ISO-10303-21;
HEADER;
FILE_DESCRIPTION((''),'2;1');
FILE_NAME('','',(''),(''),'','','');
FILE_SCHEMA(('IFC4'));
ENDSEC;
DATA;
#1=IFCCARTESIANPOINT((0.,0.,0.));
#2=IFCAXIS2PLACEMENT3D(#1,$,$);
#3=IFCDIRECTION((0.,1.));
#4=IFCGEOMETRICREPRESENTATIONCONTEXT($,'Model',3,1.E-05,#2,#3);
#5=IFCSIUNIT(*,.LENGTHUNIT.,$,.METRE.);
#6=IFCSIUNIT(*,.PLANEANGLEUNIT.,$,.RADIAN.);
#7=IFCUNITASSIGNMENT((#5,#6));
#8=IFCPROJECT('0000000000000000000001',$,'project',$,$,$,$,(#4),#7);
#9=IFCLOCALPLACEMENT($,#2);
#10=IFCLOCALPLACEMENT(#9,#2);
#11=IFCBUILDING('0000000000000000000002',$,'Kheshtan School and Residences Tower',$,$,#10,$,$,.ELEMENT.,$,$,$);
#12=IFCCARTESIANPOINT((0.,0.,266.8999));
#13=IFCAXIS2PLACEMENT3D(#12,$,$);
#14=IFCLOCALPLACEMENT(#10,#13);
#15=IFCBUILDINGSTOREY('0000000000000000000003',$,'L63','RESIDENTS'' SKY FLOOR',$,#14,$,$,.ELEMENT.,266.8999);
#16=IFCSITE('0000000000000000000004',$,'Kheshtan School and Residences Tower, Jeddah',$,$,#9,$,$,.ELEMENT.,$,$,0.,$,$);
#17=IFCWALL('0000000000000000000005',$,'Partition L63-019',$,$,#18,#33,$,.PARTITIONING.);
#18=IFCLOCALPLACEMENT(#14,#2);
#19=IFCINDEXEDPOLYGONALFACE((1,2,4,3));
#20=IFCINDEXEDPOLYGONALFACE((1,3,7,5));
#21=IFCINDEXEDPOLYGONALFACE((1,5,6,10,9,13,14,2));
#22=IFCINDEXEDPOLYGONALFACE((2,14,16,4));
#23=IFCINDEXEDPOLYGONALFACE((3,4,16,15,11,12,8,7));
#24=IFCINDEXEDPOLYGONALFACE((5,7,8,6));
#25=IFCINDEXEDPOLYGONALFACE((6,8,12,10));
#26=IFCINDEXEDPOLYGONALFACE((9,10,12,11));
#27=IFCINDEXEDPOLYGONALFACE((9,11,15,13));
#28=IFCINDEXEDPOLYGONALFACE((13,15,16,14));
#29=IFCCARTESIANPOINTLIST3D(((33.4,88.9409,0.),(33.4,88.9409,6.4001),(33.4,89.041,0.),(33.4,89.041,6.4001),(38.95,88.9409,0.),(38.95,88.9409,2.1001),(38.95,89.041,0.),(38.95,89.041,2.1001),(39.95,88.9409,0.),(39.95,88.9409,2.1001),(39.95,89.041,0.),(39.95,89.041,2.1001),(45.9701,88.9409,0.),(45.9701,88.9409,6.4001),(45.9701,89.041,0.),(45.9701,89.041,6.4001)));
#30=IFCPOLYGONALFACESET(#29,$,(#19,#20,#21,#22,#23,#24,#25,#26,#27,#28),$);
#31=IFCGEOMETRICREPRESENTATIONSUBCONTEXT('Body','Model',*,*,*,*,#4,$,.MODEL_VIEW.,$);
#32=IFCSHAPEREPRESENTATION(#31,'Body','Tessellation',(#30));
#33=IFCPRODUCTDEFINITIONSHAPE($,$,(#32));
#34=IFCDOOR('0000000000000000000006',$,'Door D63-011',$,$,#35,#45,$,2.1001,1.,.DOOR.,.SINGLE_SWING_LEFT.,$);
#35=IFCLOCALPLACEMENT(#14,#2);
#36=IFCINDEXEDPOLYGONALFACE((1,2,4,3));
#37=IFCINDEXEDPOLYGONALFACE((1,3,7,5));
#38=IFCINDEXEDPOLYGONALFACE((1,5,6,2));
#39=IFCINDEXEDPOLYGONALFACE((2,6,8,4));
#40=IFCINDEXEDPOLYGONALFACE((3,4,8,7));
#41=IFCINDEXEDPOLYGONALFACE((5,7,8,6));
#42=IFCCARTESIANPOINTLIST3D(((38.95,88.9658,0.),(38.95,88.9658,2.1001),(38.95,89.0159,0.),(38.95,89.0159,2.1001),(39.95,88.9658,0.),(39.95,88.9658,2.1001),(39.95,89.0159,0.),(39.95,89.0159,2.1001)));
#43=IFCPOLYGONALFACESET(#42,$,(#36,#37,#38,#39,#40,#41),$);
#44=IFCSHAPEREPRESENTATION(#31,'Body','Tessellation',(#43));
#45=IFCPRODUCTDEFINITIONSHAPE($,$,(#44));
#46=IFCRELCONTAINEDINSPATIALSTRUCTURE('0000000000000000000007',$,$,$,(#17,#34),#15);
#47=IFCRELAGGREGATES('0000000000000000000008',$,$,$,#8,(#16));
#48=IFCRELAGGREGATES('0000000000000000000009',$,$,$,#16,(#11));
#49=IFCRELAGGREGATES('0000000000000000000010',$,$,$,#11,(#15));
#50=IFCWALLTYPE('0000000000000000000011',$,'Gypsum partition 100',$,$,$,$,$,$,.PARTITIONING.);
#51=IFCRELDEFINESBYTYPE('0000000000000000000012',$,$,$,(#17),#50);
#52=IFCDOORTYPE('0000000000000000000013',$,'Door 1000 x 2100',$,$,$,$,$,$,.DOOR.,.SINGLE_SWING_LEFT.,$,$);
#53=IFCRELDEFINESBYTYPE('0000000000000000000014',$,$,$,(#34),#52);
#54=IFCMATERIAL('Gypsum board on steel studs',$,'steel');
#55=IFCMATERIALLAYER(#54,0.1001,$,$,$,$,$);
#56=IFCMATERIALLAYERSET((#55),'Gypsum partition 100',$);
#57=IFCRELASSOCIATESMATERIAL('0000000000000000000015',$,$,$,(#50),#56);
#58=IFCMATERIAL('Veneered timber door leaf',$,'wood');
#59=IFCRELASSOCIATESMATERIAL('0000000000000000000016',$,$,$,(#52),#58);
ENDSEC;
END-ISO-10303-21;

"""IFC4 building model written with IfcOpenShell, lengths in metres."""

from ifc_helpers import new_model, si_unit, direction, frame, frame_2d, origin, place, context, subcontext, project, spatial, rectangle, extrude, source, transform, mapped, material, layer, layer_set, type_object, element, fill, save


model = new_model("IFC4")

# Units and contexts
model_context = context("Model", 3, precision=1e-05, world=origin(), true_north=direction((0.0, 1.0)))
body_context = subcontext(model_context, "Body", "Model", "MODEL_VIEW")
ifc_project = project(units=[si_unit("LENGTHUNIT", "METRE"), si_unit("PLANEANGLEUNIT", "RADIAN")], contexts=[model_context])

# Site, building, storey
site_placement = place(None, origin())
site = spatial("IfcSite", under=ifc_project, at=site_placement, Name="Kheshtan School and Residences Tower, Jeddah", CompositionType="ELEMENT", RefElevation=0.0)
building_placement = place(site_placement, origin())
building = spatial("IfcBuilding", under=site, at=building_placement, Name="Kheshtan School and Residences Tower", CompositionType="ELEMENT")
storey_placement = place(building_placement, frame((0.0, 0.0, 266.8999)))
storey = spatial("IfcBuildingStorey", under=building, at=storey_placement, Name="L63", Description="RESIDENTS' SKY FLOOR", CompositionType="ELEMENT", Elevation=266.8999)

# Wall, opening, door
ifc_material_1 = material(Name="Gypsum board on steel studs", Category="steel")
ifc_layer_1 = layer(ifc_material_1, 0.1001)
ifc_layer_set_1 = layer_set([ifc_layer_1], Name="Gypsum partition 100")
wall_type_1 = type_object("IfcWallType", Name="Gypsum partition 100", PredefinedType="PARTITIONING", material=ifc_layer_set_1)
wall_1_placement = place(storey_placement, frame((33.3999, 88.991, 0.0), z_axis=(0.0, 0.0, 1.0), x_axis=(1.0, 0.0, 0.0)))
wall_1 = element("IfcWall", 1, at=wall_1_placement, inside=storey, type_object=wall_type_1, Name="Partition L63-019", PredefinedType="PARTITIONING", context=body_context, shape_type="SweptSolid", body=[
    extrude(rectangle(XDim=12.5701, YDim=0.1001, at=frame_2d((6.2852, 0.0))), origin(), (0.0, 0.0, 1.0), 6.4001),
])
opening_1_placement = place(wall_1_placement, frame((5.55, 0.0, 0.0)))
opening_1 = element("IfcOpeningElement", 2, at=opening_1_placement, cuts=wall_1, PredefinedType="OPENING", context=body_context, shape_type="SweptSolid", body=[
    extrude(rectangle(XDim=1.0, YDim=2.1001, at=frame_2d((0.5, 1.05))), frame((0.0, 0.0601, 0.0), z_axis=(0.0, -1.0, 0.0), x_axis=(1.0, 0.0, 0.0)), (0.0, 0.0, 1.0), 0.1201),
])
ifc_material_2 = material(Name="Veneered timber door leaf", Category="wood")
door_type_1 = type_object("IfcDoorType", Name="Door 1000 x 2100", OperationType="SINGLE_SWING_LEFT", PredefinedType="DOOR", material=ifc_material_2)
shared_shape_1 = source(origin(), body_context, "Body", "SweptSolid", [
    extrude(rectangle(XDim=1.0, YDim=2.1001, at=frame_2d((0.5, 1.05))), frame((0.0, 0.0249, 0.0), z_axis=(0.0, -1.0, 0.0), x_axis=(1.0, 0.0, 0.0)), (0.0, 0.0, 1.0), 0.05),
])
door_1_placement = place(opening_1_placement, origin())
door_1 = element("IfcDoor", 3, at=door_1_placement, inside=storey, type_object=door_type_1, Name="Door D63-011", OperationType="SINGLE_SWING_LEFT", OverallHeight=2.1001, OverallWidth=1.0, PredefinedType="DOOR", context=body_context, shape_type="MappedRepresentation", body=[
    mapped(shared_shape_1, transform((0.0, 0.0, 0.0), x_axis=(1.0, 0.0, 0.0), y_axis=(0.0, 1.0, 0.0), z_axis=(0.0, 0.0, 1.0), scale=1.0)),
])
fill(opening_1, door_1)

save(model, "model.ifc")
